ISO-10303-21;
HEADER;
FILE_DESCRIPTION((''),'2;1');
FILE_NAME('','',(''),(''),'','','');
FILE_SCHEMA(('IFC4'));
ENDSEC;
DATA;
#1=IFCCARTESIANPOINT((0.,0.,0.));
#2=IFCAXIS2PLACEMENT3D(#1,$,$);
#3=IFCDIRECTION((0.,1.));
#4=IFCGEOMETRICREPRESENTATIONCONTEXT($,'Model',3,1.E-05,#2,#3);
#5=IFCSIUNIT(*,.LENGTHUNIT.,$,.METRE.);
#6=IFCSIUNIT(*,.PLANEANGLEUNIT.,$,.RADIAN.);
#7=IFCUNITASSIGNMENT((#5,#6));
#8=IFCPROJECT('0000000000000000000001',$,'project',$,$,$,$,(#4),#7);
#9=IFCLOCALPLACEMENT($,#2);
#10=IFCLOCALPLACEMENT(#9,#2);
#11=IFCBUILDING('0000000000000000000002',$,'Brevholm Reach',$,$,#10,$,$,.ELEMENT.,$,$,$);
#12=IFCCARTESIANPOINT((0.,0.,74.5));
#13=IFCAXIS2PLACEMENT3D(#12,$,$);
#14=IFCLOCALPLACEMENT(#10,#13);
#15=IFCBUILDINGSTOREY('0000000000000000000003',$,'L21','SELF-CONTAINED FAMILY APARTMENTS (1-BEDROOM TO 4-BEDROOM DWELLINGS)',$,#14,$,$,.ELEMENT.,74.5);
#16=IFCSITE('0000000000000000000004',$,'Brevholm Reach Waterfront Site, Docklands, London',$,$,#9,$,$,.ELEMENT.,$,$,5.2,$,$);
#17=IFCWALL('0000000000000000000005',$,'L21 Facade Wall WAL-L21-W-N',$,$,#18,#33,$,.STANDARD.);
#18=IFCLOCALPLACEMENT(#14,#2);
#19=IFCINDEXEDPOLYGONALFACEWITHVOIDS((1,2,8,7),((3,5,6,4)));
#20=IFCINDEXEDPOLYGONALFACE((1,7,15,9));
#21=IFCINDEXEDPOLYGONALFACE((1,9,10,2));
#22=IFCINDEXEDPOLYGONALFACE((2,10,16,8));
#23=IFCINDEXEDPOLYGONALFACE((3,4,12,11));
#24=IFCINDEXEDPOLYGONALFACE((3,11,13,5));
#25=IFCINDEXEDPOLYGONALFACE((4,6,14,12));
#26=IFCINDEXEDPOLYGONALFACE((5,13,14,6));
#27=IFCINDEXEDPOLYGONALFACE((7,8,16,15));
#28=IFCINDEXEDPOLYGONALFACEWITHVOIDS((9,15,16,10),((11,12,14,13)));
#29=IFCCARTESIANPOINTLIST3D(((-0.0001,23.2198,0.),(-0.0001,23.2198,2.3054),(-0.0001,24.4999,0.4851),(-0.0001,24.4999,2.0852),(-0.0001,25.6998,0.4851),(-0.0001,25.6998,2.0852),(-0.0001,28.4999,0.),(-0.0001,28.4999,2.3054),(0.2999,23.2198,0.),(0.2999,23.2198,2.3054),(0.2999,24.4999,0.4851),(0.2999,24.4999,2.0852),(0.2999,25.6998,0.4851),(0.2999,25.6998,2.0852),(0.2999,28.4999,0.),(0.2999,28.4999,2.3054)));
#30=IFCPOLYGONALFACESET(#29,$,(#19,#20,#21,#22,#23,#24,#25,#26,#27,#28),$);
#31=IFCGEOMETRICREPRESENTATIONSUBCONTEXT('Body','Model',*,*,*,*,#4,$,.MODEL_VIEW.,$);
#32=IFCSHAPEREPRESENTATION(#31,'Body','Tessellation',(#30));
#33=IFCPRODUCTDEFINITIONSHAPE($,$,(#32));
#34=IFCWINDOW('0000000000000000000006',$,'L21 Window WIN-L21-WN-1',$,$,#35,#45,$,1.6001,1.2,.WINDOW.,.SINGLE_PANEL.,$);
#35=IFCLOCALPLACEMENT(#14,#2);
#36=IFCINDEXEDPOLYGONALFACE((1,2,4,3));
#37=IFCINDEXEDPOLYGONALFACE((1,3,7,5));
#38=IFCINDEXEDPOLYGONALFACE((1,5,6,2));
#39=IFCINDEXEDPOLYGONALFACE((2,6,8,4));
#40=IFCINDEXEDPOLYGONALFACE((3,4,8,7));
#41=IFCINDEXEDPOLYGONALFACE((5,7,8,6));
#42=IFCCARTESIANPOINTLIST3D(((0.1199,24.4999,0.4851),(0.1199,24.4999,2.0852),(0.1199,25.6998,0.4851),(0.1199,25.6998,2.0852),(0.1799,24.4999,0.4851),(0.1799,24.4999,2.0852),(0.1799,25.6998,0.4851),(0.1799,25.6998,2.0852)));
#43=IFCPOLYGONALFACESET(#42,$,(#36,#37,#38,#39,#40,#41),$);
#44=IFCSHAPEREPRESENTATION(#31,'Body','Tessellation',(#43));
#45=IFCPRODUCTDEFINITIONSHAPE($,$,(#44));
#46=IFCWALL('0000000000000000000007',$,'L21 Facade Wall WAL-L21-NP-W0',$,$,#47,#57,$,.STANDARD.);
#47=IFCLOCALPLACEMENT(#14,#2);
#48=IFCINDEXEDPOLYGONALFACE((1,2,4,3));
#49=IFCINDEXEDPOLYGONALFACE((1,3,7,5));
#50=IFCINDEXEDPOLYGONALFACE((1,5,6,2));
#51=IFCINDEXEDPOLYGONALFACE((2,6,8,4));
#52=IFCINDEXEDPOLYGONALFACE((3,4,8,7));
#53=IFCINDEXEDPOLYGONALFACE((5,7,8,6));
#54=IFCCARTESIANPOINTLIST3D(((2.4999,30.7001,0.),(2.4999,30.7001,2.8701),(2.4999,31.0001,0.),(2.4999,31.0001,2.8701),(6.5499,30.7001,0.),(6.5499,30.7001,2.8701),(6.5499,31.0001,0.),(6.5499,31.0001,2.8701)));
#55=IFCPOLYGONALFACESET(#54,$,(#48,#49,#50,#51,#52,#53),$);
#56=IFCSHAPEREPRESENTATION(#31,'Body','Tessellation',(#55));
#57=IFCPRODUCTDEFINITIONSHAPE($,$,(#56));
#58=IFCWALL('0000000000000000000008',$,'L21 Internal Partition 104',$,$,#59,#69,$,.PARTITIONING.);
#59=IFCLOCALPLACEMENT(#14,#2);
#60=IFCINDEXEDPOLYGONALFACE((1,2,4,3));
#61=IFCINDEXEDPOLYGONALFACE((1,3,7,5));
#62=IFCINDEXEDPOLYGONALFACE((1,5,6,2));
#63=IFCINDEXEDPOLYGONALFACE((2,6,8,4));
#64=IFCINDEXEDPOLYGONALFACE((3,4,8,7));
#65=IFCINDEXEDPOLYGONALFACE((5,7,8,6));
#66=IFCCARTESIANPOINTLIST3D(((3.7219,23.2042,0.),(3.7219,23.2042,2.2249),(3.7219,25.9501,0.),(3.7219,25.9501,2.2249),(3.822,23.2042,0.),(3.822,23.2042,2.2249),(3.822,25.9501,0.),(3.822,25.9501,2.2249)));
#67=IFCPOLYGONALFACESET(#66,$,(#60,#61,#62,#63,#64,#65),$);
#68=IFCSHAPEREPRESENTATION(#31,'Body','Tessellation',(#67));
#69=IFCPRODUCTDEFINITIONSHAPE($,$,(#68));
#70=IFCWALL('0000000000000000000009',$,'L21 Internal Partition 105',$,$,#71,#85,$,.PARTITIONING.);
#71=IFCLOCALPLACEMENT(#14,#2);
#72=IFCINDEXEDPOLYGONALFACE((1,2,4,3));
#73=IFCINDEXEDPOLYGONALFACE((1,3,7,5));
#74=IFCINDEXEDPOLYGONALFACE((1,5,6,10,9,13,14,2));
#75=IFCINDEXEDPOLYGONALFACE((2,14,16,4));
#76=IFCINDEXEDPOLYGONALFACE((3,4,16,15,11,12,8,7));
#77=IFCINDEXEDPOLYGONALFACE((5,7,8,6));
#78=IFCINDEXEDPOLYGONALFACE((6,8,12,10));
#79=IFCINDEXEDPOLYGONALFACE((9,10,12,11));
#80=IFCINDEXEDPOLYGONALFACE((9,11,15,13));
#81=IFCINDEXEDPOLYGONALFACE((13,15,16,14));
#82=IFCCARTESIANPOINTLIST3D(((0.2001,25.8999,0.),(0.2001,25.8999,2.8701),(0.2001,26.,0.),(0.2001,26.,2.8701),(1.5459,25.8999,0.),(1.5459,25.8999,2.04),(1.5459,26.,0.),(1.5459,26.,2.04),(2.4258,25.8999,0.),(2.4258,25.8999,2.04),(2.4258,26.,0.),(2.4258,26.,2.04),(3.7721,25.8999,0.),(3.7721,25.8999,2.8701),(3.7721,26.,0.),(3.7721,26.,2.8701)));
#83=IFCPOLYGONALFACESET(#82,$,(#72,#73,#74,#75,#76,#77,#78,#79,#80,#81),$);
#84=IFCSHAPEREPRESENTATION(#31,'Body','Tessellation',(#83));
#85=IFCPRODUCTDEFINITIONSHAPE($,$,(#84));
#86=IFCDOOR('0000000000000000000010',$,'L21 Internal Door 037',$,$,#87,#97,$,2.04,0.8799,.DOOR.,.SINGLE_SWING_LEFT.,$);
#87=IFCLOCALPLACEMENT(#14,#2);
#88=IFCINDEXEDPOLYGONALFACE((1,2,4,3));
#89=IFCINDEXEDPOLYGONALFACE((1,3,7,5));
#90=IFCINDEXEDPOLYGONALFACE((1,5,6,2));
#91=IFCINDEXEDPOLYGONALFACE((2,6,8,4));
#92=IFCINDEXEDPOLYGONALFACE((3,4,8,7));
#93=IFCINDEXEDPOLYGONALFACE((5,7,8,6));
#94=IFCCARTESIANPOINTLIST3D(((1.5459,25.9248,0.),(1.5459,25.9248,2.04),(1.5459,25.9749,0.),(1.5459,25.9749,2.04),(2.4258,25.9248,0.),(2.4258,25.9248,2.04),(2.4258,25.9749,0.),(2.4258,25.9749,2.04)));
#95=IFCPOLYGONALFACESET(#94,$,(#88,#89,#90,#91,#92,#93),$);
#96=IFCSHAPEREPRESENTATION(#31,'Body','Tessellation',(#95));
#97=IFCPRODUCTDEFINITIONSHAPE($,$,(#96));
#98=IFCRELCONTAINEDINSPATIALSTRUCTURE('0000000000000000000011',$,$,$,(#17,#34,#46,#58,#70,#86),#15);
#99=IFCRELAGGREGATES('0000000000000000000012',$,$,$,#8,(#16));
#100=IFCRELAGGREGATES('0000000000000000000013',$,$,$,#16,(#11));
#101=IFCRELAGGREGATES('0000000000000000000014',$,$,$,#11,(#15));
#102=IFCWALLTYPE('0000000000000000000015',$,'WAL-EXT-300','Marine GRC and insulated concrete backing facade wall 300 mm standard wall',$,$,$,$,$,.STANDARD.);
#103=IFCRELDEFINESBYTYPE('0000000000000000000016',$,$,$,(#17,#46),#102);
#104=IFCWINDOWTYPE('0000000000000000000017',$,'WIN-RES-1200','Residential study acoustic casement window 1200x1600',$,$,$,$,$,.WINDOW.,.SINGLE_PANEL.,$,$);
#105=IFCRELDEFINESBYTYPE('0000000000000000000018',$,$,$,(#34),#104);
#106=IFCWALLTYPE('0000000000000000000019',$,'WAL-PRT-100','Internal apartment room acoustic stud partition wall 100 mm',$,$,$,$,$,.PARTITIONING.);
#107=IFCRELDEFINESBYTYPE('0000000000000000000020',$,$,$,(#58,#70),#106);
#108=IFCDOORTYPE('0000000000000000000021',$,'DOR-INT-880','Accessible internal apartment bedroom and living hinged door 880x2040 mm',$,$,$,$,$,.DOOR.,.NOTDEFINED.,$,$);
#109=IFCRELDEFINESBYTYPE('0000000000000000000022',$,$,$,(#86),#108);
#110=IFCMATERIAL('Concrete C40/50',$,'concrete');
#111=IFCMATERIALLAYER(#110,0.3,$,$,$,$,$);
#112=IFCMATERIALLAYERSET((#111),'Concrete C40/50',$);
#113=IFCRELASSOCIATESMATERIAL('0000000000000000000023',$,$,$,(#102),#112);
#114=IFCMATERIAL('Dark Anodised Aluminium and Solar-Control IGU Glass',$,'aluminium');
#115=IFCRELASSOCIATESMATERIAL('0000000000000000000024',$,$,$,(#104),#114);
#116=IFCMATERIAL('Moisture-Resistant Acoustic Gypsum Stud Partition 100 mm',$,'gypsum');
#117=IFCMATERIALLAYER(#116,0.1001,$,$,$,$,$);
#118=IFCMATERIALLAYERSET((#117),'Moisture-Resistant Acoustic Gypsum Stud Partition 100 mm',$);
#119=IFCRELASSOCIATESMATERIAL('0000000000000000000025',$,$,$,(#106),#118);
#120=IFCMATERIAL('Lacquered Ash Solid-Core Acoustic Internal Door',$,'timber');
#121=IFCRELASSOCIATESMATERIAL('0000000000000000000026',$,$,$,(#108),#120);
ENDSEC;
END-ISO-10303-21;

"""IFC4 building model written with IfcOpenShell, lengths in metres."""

from ifc_helpers import new_model, si_unit, direction, frame, frame_2d, origin, place, context, subcontext, project, spatial, rectangle, extrude, material, layer, layer_set, type_object, element, fill, save


model = new_model("IFC4")

# Units and contexts
model_context = context("Model", 3, precision=1e-05, world=origin(), true_north=direction((0.0, 1.0)))
body_context = subcontext(model_context, "Body", "Model", "MODEL_VIEW")
ifc_project = project(units=[si_unit("LENGTHUNIT", "METRE"), si_unit("PLANEANGLEUNIT", "RADIAN")], contexts=[model_context])

# Site, building, storey
site_placement = place(None, origin())
site = spatial("IfcSite", under=ifc_project, at=site_placement, Name="Brevholm Reach Waterfront Site, Docklands, London", CompositionType="ELEMENT", RefElevation=5.2)
building_placement = place(site_placement, origin())
building = spatial("IfcBuilding", under=site, at=building_placement, Name="Brevholm Reach", CompositionType="ELEMENT")
storey_placement = place(building_placement, frame((0.0, 0.0, 74.5)))
storey = spatial("IfcBuildingStorey", under=building, at=storey_placement, Name="L21", Description="SELF-CONTAINED FAMILY APARTMENTS (1-BEDROOM TO 4-BEDROOM DWELLINGS)", CompositionType="ELEMENT", Elevation=74.5)

# Shared definitions
ifc_material_1 = material(Name="Concrete C40/50", Category="concrete")
ifc_layer_1 = layer(ifc_material_1, 0.3)
ifc_layer_set_1 = layer_set([ifc_layer_1], Name="Concrete C40/50")
wall_type_1 = type_object("IfcWallType", Name="WAL-EXT-300", Description="Marine GRC and insulated concrete backing facade wall 300 mm standard wall", PredefinedType="STANDARD", material=ifc_layer_set_1)

# Wall, opening, window
wall_1_placement = place(storey_placement, frame((0.1499, 28.5, 0.0), z_axis=(0.0, 0.0, 1.0), x_axis=(0.0, -1.0, 0.0)))
wall_1 = element("IfcWall", 1, at=wall_1_placement, inside=storey, type_object=wall_type_1, Name="L21 Facade Wall WAL-L21-W-N", PredefinedType="STANDARD", context=body_context, shape_type="SweptSolid", body=[
    extrude(rectangle(XDim=5.28, YDim=0.3, at=frame_2d((2.6401, 0.0))), origin(), (0.0, 0.0, 1.0), 2.3054),
])
opening_1_placement = place(wall_1_placement, frame((2.8, 0.0, 0.4851)))
opening_1 = element("IfcOpeningElement", 2, at=opening_1_placement, cuts=wall_1, PredefinedType="OPENING", context=body_context, shape_type="SweptSolid", body=[
    extrude(rectangle(XDim=1.2, YDim=1.6001, at=frame_2d((0.6001, 0.8))), frame((0.0, 0.1599, 0.0), z_axis=(0.0, -1.0, 0.0), x_axis=(1.0, 0.0, 0.0)), (0.0, 0.0, 1.0), 0.3201),
])
ifc_material_2 = material(Name="Dark Anodised Aluminium and Solar-Control IGU Glass", Category="aluminium")
window_type = type_object("IfcWindowType", Name="WIN-RES-1200", Description="Residential study acoustic casement window 1200x1600", PartitioningType="SINGLE_PANEL", PredefinedType="WINDOW", material=ifc_material_2)
window_placement = place(opening_1_placement, origin())
window = element("IfcWindow", 3, at=window_placement, inside=storey, type_object=window_type, Name="L21 Window WIN-L21-WN-1", OverallHeight=1.6001, OverallWidth=1.2, PartitioningType="SINGLE_PANEL", PredefinedType="WINDOW", context=body_context, shape_type="SweptSolid", body=[
    extrude(rectangle(XDim=1.2, YDim=1.6001, at=frame_2d((0.6001, 0.8))), frame((0.0, 0.03, 0.0), z_axis=(0.0, -1.0, 0.0), x_axis=(1.0, 0.0, 0.0)), (0.0, 0.0, 1.0), 0.0601),
])
fill(opening_1, window)

# Walls
wall_2_placement = place(storey_placement, frame((2.5, 30.8501, 0.0), z_axis=(0.0, 0.0, 1.0), x_axis=(1.0, 0.0, 0.0)))
element("IfcWall", 4, at=wall_2_placement, inside=storey, type_object=wall_type_1, Name="L21 Facade Wall WAL-L21-NP-W0", PredefinedType="STANDARD", context=body_context, shape_type="SweptSolid", body=[
    extrude(rectangle(XDim=4.05, YDim=0.3, at=frame_2d((2.0249, 0.0))), origin(), (0.0, 0.0, 1.0), 2.8701),
])
ifc_material_3 = material(Name="Moisture-Resistant Acoustic Gypsum Stud Partition 100 mm", Category="gypsum")
ifc_layer_2 = layer(ifc_material_3, 0.1001)
ifc_layer_set_2 = layer_set([ifc_layer_2], Name="Moisture-Resistant Acoustic Gypsum Stud Partition 100 mm")
wall_type_2 = type_object("IfcWallType", Name="WAL-PRT-100", Description="Internal apartment room acoustic stud partition wall 100 mm", PredefinedType="PARTITIONING", material=ifc_layer_set_2)
wall_3_placement = place(storey_placement, frame((3.772, 23.2041, 0.0), z_axis=(0.0, 0.0, 1.0), x_axis=(0.0, 1.0, 0.0)))
element("IfcWall", 5, at=wall_3_placement, inside=storey, type_object=wall_type_2, Name="L21 Internal Partition 104", PredefinedType="PARTITIONING", context=body_context, shape_type="SweptSolid", body=[
    extrude(rectangle(XDim=2.7458, YDim=0.1001, at=frame_2d((1.373, 0.0))), origin(), (0.0, 0.0, 1.0), 2.2249),
])

# Wall, opening, door
wall_4_placement = place(storey_placement, frame((0.2, 25.95, 0.0), z_axis=(0.0, 0.0, 1.0), x_axis=(1.0, 0.0, 0.0)))
wall_4 = element("IfcWall", 6, at=wall_4_placement, inside=storey, type_object=wall_type_2, Name="L21 Internal Partition 105", PredefinedType="PARTITIONING", context=body_context, shape_type="SweptSolid", body=[
    extrude(rectangle(XDim=3.572, YDim=0.1001, at=frame_2d((1.7861, 0.0))), origin(), (0.0, 0.0, 1.0), 2.8701),
])
opening_2_placement = place(wall_4_placement, frame((1.3459, 0.0, 0.0)))
opening_2 = element("IfcOpeningElement", 7, at=opening_2_placement, cuts=wall_4, PredefinedType="OPENING", context=body_context, shape_type="SweptSolid", body=[
    extrude(rectangle(XDim=0.8799, YDim=2.04, at=frame_2d((0.4399, 1.02))), frame((0.0, 0.0601, 0.0), z_axis=(0.0, -1.0, 0.0), x_axis=(1.0, 0.0, 0.0)), (0.0, 0.0, 1.0), 0.1201),
])
ifc_material_4 = material(Name="Lacquered Ash Solid-Core Acoustic Internal Door", Category="timber")
door_type = type_object("IfcDoorType", Name="DOR-INT-880", Description="Accessible internal apartment bedroom and living hinged door 880x2040 mm", OperationType="NOTDEFINED", PredefinedType="DOOR", material=ifc_material_4)
door_placement = place(opening_2_placement, origin())
door = element("IfcDoor", 8, at=door_placement, inside=storey, type_object=door_type, Name="L21 Internal Door 037", OperationType="SINGLE_SWING_LEFT", OverallHeight=2.04, OverallWidth=0.8799, PredefinedType="DOOR", context=body_context, shape_type="SweptSolid", body=[
    extrude(rectangle(XDim=0.8799, YDim=2.04, at=frame_2d((0.4399, 1.02))), frame((0.0, 0.0249, 0.0), z_axis=(0.0, -1.0, 0.0), x_axis=(1.0, 0.0, 0.0)), (0.0, 0.0, 1.0), 0.05),
])
fill(opening_2, door)

save(model, "model.ifc")
